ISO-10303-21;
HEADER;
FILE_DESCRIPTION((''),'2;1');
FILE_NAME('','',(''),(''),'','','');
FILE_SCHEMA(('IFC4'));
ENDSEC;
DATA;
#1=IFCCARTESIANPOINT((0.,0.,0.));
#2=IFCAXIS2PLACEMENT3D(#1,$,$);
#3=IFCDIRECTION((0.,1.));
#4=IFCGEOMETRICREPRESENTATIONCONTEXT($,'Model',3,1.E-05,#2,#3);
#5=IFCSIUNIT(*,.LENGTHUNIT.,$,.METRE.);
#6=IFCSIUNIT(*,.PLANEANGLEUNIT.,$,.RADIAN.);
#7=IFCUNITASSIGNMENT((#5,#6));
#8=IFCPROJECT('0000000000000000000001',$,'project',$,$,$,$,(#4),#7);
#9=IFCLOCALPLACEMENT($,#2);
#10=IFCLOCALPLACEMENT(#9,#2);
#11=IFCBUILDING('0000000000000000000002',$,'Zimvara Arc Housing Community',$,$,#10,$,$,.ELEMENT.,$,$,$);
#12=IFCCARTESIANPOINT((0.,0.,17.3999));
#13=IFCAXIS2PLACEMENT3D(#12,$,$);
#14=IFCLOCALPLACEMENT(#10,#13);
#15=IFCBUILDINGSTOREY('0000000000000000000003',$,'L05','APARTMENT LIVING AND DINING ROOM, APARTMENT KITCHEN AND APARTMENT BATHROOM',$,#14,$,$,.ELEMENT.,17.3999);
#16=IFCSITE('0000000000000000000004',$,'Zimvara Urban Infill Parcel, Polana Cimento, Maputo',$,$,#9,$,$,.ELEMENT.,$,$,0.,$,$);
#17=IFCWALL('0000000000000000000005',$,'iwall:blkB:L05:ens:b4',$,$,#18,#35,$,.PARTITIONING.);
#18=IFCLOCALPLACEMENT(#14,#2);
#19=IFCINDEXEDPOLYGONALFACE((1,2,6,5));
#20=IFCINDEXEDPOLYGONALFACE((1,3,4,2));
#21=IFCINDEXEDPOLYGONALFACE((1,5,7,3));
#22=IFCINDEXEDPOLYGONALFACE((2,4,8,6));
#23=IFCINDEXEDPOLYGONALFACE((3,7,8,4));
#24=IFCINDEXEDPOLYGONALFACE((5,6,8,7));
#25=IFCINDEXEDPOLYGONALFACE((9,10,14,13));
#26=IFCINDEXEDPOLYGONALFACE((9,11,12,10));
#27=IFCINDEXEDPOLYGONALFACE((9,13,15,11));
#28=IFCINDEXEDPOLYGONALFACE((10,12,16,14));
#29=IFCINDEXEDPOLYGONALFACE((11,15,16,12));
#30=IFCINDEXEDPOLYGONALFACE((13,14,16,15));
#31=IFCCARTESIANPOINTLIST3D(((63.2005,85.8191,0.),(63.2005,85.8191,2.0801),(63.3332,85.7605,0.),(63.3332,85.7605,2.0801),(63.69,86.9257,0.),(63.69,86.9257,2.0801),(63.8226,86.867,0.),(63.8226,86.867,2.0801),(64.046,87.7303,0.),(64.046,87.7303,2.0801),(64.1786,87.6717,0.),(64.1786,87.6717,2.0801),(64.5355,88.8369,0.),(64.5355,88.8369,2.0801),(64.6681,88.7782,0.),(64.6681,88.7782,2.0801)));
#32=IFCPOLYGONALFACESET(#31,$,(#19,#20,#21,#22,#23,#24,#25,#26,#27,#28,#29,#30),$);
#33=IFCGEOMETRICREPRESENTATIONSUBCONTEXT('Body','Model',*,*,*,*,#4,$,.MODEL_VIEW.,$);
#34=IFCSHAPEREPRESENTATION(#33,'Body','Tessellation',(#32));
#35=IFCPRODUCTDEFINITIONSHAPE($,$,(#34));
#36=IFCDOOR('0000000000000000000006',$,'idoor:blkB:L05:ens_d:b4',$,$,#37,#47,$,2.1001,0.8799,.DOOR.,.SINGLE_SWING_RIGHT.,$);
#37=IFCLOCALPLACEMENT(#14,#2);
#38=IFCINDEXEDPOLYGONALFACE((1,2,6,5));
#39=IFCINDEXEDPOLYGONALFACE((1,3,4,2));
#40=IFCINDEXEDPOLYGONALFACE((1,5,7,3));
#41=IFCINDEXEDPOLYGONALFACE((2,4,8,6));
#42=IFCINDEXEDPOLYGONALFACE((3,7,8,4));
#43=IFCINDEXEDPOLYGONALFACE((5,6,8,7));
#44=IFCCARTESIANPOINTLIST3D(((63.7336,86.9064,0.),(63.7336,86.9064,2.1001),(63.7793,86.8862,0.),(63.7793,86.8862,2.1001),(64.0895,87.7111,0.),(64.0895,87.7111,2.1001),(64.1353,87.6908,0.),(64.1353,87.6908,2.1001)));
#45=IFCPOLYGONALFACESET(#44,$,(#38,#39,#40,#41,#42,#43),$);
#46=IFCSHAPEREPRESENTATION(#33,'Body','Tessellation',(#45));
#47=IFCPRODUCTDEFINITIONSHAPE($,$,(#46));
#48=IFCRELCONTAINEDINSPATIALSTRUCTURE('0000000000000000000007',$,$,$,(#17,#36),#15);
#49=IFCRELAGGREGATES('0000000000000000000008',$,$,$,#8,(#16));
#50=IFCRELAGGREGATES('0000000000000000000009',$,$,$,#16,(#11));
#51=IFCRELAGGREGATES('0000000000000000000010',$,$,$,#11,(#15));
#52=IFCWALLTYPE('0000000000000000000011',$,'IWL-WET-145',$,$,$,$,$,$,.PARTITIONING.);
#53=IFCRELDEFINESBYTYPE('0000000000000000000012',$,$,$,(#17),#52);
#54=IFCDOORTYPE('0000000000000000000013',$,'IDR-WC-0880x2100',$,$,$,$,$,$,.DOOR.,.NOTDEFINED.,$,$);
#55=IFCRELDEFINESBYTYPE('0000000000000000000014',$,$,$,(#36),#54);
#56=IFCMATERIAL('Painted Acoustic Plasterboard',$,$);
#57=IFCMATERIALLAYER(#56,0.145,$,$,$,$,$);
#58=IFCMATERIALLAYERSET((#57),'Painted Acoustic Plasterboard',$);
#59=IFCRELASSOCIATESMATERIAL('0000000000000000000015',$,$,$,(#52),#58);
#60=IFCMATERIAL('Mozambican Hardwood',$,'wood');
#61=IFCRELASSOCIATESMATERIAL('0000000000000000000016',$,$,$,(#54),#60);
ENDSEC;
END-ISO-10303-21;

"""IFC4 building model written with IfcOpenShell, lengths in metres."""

from ifc_helpers import new_model, si_unit, direction, frame, frame_2d, origin, place, context, subcontext, project, spatial, rectangle, extrude, material, layer, layer_set, type_object, element, fill, save


model = new_model("IFC4")

# Units and contexts
model_context = context("Model", 3, precision=1e-05, world=origin(), true_north=direction((0.0, 1.0)))
body_context = subcontext(model_context, "Body", "Model", "MODEL_VIEW")
ifc_project = project(units=[si_unit("LENGTHUNIT", "METRE"), si_unit("PLANEANGLEUNIT", "RADIAN")], contexts=[model_context])

# Site, building, storey
site_placement = place(None, origin())
site = spatial("IfcSite", under=ifc_project, at=site_placement, Name="Zimvara Urban Infill Parcel, Polana Cimento, Maputo", CompositionType="ELEMENT", RefElevation=0.0)
building_placement = place(site_placement, origin())
building = spatial("IfcBuilding", under=site, at=building_placement, Name="Zimvara Arc Housing Community", CompositionType="ELEMENT")
storey_placement = place(building_placement, frame((0.0, 0.0, 17.3999)))
storey = spatial("IfcBuildingStorey", under=building, at=storey_placement, Name="L05", Description="APARTMENT LIVING AND DINING ROOM, APARTMENT KITCHEN AND APARTMENT BATHROOM", CompositionType="ELEMENT", Elevation=17.3999)

# Wall, opening, door
ifc_material_1 = material(Name="Painted Acoustic Plasterboard")
ifc_layer_1 = layer(ifc_material_1, 0.145)
ifc_layer_set_1 = layer_set([ifc_layer_1], Name="Painted Acoustic Plasterboard")
wall_type_1 = type_object("IfcWallType", Name="IWL-WET-145", PredefinedType="PARTITIONING", material=ifc_layer_set_1)
wall_1_placement = place(storey_placement, frame((63.2668, 85.7898, 0.0), z_axis=(0.0, 0.0, 1.0), x_axis=(0.404545, 0.914518, 0.0)))
wall_1 = element("IfcWall", 1, at=wall_1_placement, inside=storey, type_object=wall_type_1, Name="iwall:blkB:L05:ens:b4", PredefinedType="PARTITIONING", context=body_context, shape_type="SweptSolid", body=[
    extrude(rectangle(XDim=3.2998, YDim=0.145, at=frame_2d((1.6499, 0.0))), origin(), (0.0, 0.0, 1.0), 2.0801),
])
opening_1_placement = place(wall_1_placement, frame((1.21, 0.0, 0.0)))
opening_1 = element("IfcOpeningElement", 2, at=opening_1_placement, cuts=wall_1, PredefinedType="OPENING", context=body_context, shape_type="SweptSolid", body=[
    extrude(rectangle(XDim=0.8799, YDim=2.1001, at=frame_2d((0.4399, 1.05))), frame((0.0, 0.0825, 0.0), z_axis=(0.0, -1.0, 0.0), x_axis=(1.0, 0.0, 0.0)), (0.0, 0.0, 1.0), 0.165),
])
ifc_material_2 = material(Name="Mozambican Hardwood", Category="wood")
door_type_1 = type_object("IfcDoorType", Name="IDR-WC-0880x2100", OperationType="NOTDEFINED", PredefinedType="DOOR", material=ifc_material_2)
door_1_placement = place(opening_1_placement, origin())
door_1 = element("IfcDoor", 3, at=door_1_placement, inside=storey, type_object=door_type_1, Name="idoor:blkB:L05:ens_d:b4", OperationType="SINGLE_SWING_RIGHT", OverallHeight=2.1001, OverallWidth=0.8799, PredefinedType="DOOR", context=body_context, shape_type="SweptSolid", body=[
    extrude(rectangle(XDim=0.8799, YDim=2.1001, at=frame_2d((0.4399, 1.05))), frame((0.0, 0.0249, 0.0), z_axis=(0.0, -1.0, 0.0), x_axis=(1.0, 0.0, 0.0)), (0.0, 0.0, 1.0), 0.05),
])
fill(opening_1, door_1)

save(model, "model.ifc")
